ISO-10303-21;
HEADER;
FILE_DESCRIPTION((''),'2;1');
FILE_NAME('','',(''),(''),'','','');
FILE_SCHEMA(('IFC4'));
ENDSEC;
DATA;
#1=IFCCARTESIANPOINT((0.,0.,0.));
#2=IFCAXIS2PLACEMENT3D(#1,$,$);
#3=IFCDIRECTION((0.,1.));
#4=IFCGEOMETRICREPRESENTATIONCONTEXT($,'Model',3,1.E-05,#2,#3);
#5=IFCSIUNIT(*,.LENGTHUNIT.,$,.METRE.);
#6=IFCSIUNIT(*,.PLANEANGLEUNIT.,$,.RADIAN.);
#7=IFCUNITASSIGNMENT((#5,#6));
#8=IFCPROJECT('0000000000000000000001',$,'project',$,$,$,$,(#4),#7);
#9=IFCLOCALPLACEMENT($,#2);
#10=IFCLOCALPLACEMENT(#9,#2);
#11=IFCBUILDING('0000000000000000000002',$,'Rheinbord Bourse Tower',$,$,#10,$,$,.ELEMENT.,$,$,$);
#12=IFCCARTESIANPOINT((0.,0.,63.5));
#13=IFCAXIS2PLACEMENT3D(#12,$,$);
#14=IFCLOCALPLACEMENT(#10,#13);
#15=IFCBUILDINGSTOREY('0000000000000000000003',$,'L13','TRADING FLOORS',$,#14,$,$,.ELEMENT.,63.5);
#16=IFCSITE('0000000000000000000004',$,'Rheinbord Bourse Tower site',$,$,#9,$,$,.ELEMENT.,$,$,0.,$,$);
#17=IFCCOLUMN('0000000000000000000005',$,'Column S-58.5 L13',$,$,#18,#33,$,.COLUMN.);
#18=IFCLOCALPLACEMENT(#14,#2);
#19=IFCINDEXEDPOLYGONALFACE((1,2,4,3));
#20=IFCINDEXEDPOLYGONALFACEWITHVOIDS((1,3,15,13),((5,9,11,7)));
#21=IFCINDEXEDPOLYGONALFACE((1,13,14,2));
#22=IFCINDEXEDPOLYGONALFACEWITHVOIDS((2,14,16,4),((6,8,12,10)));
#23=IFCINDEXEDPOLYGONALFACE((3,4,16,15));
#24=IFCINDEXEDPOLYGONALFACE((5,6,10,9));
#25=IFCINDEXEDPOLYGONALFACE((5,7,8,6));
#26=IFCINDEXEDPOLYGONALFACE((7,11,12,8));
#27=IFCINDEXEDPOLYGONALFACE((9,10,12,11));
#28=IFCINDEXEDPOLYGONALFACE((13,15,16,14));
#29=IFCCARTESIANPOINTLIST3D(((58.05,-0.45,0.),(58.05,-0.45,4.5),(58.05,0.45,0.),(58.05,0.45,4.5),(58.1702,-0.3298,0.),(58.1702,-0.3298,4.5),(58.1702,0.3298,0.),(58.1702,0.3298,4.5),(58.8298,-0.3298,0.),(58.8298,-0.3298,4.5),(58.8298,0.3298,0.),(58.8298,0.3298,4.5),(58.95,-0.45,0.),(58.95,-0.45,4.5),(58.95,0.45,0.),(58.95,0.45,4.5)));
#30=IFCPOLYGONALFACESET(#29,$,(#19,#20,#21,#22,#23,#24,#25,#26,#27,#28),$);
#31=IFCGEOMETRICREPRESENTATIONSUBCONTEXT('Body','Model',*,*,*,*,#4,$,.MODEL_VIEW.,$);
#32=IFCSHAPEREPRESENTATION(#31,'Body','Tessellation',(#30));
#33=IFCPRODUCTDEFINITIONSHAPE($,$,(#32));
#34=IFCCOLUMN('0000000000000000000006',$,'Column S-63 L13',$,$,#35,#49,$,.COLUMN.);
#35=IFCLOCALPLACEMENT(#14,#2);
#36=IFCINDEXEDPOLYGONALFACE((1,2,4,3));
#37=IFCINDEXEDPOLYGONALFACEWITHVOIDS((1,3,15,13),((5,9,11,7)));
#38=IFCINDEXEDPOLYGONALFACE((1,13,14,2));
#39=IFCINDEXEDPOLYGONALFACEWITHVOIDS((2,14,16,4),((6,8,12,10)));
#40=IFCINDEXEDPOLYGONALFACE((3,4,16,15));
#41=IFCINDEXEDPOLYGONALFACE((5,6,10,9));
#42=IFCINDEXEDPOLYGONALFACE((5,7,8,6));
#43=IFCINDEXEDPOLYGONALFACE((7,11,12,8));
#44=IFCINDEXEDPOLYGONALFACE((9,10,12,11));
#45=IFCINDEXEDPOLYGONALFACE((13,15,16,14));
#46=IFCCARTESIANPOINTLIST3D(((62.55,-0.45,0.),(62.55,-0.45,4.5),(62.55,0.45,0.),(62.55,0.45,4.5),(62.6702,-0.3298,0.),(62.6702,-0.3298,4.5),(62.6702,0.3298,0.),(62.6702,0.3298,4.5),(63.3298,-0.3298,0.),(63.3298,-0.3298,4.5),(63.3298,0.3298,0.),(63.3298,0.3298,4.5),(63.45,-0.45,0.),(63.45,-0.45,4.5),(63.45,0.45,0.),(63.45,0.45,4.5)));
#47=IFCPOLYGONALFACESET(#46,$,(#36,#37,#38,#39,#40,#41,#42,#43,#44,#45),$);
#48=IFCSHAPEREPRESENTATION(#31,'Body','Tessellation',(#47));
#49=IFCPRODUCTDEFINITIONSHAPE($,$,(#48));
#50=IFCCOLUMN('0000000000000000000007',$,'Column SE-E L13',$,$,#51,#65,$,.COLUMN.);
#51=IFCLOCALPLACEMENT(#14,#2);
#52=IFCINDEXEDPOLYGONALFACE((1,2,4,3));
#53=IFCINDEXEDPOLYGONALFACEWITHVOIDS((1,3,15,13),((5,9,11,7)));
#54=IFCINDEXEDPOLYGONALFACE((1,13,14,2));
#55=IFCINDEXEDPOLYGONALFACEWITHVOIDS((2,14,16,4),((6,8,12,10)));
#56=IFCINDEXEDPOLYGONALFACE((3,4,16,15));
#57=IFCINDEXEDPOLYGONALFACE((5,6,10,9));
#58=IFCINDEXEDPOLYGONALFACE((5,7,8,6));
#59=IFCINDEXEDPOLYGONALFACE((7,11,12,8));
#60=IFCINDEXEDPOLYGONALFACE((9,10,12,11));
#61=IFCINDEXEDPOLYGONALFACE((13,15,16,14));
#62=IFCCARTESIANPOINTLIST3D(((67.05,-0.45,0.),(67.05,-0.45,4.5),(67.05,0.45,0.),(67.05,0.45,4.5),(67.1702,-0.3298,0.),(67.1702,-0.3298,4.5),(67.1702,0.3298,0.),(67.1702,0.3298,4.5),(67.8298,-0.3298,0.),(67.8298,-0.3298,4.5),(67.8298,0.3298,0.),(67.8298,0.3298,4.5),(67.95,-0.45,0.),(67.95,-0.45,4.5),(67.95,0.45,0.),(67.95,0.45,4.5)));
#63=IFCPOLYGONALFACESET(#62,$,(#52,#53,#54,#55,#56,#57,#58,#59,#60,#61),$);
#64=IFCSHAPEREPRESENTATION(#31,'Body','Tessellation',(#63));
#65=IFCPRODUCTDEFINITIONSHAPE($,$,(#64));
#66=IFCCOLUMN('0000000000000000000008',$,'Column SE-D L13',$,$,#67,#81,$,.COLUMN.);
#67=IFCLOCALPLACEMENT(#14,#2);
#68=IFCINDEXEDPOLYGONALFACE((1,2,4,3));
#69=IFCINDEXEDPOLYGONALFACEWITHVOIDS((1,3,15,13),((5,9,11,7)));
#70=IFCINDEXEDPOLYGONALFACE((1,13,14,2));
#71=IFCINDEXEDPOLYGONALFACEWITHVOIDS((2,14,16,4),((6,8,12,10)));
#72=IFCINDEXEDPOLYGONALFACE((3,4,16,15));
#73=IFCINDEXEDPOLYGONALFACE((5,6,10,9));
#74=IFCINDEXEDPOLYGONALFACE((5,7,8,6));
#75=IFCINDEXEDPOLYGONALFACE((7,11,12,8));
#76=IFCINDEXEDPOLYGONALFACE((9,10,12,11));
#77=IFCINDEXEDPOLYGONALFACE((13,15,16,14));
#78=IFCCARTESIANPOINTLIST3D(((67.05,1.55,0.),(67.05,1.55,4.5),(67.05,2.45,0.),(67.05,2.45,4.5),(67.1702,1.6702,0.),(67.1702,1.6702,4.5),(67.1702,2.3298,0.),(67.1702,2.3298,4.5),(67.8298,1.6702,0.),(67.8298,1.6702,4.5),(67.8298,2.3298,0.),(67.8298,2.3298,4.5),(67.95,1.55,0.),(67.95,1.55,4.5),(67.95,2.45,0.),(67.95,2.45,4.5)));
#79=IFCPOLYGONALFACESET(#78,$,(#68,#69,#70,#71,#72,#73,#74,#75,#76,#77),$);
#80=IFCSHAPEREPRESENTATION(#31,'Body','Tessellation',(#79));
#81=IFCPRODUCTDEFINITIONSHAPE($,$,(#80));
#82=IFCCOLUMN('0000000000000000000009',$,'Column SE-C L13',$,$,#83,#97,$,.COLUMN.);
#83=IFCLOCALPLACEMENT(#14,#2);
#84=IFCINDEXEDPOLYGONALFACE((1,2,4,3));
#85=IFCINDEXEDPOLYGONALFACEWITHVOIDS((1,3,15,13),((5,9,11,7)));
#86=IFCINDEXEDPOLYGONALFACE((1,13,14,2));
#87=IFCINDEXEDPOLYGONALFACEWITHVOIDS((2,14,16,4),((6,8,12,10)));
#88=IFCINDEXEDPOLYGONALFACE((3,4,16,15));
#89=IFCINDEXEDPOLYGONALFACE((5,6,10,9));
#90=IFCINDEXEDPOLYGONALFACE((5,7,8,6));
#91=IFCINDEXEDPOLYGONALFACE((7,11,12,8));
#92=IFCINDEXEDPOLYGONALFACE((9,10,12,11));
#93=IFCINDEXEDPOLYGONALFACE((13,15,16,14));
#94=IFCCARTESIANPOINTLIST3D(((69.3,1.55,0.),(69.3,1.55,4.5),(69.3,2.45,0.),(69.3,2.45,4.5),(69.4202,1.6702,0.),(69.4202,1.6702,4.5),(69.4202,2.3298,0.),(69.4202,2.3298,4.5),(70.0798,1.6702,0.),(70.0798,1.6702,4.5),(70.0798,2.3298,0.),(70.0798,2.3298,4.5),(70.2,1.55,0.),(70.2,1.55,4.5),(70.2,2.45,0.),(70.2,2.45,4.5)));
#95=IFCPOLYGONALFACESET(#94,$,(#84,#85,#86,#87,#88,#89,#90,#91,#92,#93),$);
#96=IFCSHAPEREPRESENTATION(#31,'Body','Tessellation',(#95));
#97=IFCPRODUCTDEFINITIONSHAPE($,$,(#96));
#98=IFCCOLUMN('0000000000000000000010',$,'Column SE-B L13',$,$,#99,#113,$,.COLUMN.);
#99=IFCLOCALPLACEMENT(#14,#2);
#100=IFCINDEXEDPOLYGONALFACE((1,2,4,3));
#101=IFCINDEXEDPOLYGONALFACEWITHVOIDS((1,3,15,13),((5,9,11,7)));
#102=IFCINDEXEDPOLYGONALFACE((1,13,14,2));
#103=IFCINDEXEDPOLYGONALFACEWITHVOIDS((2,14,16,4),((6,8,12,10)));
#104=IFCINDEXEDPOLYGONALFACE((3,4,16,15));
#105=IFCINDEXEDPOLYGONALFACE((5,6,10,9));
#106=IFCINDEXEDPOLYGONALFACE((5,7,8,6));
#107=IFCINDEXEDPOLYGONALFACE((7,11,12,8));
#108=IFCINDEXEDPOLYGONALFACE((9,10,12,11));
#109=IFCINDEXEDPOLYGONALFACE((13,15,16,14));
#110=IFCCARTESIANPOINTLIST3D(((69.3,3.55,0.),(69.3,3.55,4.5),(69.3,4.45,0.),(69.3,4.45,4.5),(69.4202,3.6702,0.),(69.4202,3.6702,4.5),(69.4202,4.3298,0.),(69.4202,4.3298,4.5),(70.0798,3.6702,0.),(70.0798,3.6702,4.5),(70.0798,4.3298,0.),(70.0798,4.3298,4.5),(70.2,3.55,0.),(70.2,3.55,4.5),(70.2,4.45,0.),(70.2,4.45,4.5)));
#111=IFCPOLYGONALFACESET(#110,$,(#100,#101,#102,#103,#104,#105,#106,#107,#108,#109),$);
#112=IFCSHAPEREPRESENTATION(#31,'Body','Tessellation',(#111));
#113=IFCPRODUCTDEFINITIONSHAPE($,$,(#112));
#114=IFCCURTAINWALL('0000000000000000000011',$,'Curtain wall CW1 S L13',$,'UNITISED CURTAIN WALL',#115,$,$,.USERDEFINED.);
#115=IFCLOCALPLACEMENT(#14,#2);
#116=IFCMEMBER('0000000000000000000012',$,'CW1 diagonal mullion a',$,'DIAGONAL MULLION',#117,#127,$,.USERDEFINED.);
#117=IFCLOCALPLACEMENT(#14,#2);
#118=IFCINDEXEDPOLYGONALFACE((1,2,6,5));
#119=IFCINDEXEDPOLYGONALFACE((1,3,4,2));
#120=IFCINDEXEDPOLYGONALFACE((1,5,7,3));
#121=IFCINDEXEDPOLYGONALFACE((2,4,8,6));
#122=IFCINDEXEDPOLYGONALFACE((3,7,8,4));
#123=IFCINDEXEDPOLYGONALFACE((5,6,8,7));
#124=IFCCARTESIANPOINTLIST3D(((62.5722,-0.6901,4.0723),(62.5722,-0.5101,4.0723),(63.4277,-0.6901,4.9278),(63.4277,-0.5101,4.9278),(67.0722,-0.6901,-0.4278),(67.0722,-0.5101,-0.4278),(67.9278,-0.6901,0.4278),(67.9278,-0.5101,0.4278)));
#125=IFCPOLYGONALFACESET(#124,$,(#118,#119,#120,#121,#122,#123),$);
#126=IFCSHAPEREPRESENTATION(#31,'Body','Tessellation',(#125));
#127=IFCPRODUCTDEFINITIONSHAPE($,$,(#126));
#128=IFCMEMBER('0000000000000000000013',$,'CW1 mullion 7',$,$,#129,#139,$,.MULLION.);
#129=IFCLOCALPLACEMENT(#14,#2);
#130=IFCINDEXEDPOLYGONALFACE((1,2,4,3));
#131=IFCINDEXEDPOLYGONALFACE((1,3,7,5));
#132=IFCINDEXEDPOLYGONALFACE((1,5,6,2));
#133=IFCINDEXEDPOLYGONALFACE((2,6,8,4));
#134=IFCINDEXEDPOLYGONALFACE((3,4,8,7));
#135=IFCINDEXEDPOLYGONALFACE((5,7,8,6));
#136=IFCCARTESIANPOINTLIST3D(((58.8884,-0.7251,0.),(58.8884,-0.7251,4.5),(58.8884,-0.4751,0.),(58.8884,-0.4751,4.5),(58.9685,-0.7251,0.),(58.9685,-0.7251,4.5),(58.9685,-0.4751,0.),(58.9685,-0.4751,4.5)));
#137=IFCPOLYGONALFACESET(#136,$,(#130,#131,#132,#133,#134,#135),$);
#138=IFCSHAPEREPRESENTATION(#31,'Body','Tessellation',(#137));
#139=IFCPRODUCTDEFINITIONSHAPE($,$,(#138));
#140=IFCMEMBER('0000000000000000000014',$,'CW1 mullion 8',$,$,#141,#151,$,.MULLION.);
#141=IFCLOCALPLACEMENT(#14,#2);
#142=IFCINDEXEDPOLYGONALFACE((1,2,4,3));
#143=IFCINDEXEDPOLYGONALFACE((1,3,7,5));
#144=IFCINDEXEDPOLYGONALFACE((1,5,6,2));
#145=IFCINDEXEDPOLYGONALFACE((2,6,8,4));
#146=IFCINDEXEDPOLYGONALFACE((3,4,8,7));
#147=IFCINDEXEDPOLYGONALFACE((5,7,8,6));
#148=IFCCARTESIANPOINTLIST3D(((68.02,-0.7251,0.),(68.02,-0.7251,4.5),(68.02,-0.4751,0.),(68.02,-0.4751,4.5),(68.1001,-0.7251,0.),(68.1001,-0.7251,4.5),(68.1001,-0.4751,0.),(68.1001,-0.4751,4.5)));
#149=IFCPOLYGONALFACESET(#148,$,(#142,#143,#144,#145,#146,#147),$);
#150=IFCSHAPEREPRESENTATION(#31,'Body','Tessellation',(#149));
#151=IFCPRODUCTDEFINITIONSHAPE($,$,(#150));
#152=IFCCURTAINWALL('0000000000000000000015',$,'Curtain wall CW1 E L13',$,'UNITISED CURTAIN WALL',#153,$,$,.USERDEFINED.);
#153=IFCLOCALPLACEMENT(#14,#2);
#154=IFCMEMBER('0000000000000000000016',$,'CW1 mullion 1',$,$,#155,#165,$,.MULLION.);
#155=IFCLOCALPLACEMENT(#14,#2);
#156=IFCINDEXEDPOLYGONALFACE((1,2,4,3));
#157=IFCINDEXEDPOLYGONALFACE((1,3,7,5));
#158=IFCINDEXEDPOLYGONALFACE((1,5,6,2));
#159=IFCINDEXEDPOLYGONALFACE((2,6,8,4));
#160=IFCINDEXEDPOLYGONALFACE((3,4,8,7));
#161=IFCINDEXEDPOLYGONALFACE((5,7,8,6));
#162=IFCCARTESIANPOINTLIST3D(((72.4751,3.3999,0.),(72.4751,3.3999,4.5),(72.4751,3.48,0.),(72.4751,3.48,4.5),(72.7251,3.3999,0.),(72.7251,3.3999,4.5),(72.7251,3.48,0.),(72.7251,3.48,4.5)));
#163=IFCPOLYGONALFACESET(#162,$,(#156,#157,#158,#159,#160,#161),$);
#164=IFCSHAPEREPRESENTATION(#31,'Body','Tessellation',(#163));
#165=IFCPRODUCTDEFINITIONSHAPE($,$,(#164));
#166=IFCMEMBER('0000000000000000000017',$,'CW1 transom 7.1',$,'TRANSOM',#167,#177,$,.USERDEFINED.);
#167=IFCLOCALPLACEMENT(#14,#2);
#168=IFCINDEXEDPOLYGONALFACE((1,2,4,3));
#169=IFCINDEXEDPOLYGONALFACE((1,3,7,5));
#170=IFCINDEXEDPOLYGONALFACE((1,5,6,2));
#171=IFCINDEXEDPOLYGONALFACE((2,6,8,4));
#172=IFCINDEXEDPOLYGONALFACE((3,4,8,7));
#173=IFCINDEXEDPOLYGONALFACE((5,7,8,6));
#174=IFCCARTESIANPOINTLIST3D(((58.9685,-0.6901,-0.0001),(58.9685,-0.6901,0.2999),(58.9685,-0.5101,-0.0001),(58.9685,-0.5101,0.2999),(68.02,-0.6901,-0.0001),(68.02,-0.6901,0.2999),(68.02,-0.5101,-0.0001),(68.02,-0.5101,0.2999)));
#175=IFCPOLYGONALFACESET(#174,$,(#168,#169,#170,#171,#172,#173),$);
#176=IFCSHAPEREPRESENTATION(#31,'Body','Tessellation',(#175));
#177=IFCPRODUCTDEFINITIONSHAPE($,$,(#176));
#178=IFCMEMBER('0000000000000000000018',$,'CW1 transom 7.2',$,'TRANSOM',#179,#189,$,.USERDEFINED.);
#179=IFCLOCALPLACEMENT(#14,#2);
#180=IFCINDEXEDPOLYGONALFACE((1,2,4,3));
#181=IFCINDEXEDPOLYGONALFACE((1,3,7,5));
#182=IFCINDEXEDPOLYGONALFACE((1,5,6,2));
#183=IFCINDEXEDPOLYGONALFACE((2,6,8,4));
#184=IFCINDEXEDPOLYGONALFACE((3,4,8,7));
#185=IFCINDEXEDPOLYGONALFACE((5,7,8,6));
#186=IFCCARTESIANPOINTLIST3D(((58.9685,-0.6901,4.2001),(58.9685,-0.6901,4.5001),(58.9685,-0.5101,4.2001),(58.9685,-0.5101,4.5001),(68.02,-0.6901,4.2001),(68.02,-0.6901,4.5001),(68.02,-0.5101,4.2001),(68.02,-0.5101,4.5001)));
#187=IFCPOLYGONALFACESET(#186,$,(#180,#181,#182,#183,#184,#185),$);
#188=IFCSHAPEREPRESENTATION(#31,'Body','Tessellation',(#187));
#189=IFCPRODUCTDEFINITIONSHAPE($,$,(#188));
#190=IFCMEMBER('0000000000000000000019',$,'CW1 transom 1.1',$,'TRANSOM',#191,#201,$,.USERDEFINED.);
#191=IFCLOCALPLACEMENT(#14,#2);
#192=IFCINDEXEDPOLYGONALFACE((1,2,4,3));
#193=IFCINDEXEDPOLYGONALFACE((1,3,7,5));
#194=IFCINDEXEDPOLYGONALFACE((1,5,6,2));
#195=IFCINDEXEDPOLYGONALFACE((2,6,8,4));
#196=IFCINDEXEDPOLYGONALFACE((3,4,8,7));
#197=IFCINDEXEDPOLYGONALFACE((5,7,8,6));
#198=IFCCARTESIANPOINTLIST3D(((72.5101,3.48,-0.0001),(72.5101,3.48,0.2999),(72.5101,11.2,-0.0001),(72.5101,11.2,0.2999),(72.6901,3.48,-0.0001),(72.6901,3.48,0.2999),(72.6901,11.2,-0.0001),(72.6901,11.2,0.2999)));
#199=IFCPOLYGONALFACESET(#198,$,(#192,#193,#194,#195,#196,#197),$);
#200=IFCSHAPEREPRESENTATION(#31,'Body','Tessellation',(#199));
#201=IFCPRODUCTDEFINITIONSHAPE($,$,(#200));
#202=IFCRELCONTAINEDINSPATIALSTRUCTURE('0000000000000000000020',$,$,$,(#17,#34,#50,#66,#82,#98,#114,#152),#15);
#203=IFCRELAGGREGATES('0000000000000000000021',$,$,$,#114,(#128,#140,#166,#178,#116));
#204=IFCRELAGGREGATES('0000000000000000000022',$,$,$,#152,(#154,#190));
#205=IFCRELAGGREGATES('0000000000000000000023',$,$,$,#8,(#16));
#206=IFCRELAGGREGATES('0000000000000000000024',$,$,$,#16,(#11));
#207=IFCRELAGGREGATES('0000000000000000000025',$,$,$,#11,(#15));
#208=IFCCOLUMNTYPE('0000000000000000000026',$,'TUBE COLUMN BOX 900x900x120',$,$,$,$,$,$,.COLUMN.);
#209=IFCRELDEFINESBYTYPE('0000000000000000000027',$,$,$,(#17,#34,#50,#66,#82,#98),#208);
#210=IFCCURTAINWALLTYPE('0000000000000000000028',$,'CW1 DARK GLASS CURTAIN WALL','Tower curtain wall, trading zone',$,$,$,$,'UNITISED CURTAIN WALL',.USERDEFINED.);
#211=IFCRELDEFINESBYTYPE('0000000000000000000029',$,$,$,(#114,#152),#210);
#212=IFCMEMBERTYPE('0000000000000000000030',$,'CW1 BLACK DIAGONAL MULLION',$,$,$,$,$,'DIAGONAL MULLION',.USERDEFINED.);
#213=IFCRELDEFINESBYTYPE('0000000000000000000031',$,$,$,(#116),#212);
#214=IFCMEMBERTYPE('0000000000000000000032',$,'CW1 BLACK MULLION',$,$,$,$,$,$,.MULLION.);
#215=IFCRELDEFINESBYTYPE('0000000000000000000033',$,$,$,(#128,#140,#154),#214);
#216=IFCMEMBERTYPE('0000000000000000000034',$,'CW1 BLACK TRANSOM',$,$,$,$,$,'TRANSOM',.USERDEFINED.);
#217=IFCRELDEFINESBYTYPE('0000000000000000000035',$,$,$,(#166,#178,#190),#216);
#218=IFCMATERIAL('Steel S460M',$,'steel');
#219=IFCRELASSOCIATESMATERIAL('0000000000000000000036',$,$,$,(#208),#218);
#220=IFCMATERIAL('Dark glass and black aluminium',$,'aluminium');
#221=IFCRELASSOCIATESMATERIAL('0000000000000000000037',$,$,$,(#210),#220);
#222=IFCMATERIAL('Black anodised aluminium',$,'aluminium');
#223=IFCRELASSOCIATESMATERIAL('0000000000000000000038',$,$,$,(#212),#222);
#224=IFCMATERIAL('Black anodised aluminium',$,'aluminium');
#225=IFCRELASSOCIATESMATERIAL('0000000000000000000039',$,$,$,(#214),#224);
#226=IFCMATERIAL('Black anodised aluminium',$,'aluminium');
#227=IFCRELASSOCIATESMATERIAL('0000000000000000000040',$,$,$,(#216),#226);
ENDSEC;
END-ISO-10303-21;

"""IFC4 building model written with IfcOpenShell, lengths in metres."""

from ifc_helpers import new_model, si_unit, direction, frame, origin, origin_2d, place, context, subcontext, project, spatial, rectangle, hollow_rectangle, extrude, material, material_profile, profile_set, type_object, element, aggregate, save


model = new_model("IFC4")

# Units and contexts
model_context = context("Model", 3, precision=1e-05, world=origin(), true_north=direction((0.0, 1.0)))
body_context = subcontext(model_context, "Body", "Model", "MODEL_VIEW")
ifc_project = project(units=[si_unit("LENGTHUNIT", "METRE"), si_unit("PLANEANGLEUNIT", "RADIAN")], contexts=[model_context])

# Site, building, storey
site_placement = place(None, origin())
site = spatial("IfcSite", under=ifc_project, at=site_placement, Name="Rheinbord Bourse Tower site", CompositionType="ELEMENT", RefElevation=0.0)
building_placement = place(site_placement, origin())
building = spatial("IfcBuilding", under=site, at=building_placement, Name="Rheinbord Bourse Tower", CompositionType="ELEMENT")
storey_placement = place(building_placement, frame((0.0, 0.0, 63.5)))
storey = spatial("IfcBuildingStorey", under=building, at=storey_placement, Name="L13", Description="TRADING FLOORS", CompositionType="ELEMENT", Elevation=63.5)

# Columns
ifc_material_1 = material(Name="Steel S460M", Category="steel")
ifc_material_profile_1 = material_profile(ifc_material_1, hollow_rectangle(XDim=0.8999, YDim=0.8999, WallThickness=0.1201, at=origin_2d()), Name="BOX 900x900x120")
ifc_profile_set_1 = profile_set([ifc_material_profile_1], Name="Steel S460M")
column_type = type_object("IfcColumnType", Name="TUBE COLUMN BOX 900x900x120", PredefinedType="COLUMN", material=ifc_profile_set_1)
for number, where, z_axis, x_axis, name in (
    (1, (58.5, 0.0, 0.0), (0.0, 0.0, 1.0), (0.0, 1.0, 0.0), "Column S-58.5 L13"),
    (2, (63.0, 0.0, 0.0), (0.0, 0.0, 1.0), (0.0, 1.0, 0.0), "Column S-63 L13"),
    (3, (67.5, 0.0, 0.0), (0.0, 0.0, 1.0), (0.0, 1.0, 0.0), "Column SE-E L13"),
    (4, (67.5, 2.0, 0.0), (0.0, 0.0, 1.0), (0.0, 1.0, 0.0), "Column SE-D L13"),
    (5, (69.75, 2.0, 0.0), (0.0, 0.0, 1.0), (1.0, 0.0, 0.0), "Column SE-C L13"),
    (6, (69.75, 4.0, 0.0), (0.0, 0.0, 1.0), (1.0, 0.0, 0.0), "Column SE-B L13"),
):
    element("IfcColumn", number, at=place(storey_placement, frame(where, z_axis=z_axis, x_axis=x_axis)), inside=storey, type_object=column_type, Name=name, PredefinedType="COLUMN", context=body_context, shape_type="SweptSolid", body=[
        extrude(hollow_rectangle(XDim=0.8999, YDim=0.8999, WallThickness=0.1201, at=origin_2d()), origin(), (0.0, 0.0, 1.0), 4.5),
    ])

# Curtain wall, members
ifc_material_2 = material(Name="Dark glass and black aluminium", Category="aluminium")
curtain_wall_type = type_object("IfcCurtainWallType", Name="CW1 DARK GLASS CURTAIN WALL", Description="Tower curtain wall, trading zone", ElementType="UNITISED CURTAIN WALL", PredefinedType="USERDEFINED", material=ifc_material_2)
curtain_wall_1_placement = place(storey_placement, origin())
curtain_wall_1 = element("IfcCurtainWall", 7, at=curtain_wall_1_placement, inside=storey, type_object=curtain_wall_type, Name="Curtain wall CW1 S L13", ObjectType="UNITISED CURTAIN WALL", PredefinedType="USERDEFINED")
ifc_material_3 = material(Name="Black anodised aluminium", Category="aluminium")
ifc_material_profile_2 = material_profile(ifc_material_3, rectangle(XDim=0.1799, YDim=1.21, at=origin_2d()), Name="CW1 DIAGONAL MULLION 1210x180")
ifc_profile_set_2 = profile_set([ifc_material_profile_2], Name="Black anodised aluminium")
member_type_1 = type_object("IfcMemberType", Name="CW1 BLACK DIAGONAL MULLION", ElementType="DIAGONAL MULLION", PredefinedType="USERDEFINED", material=ifc_profile_set_2)
member_1_placement = place(storey_placement, frame((67.5, -0.6001, 0.0), z_axis=(-0.707107, 0.0, 0.707107), x_axis=(0.0, -1.0, 0.0)))
member_1 = element("IfcMember", 8, at=member_1_placement, type_object=member_type_1, Name="CW1 diagonal mullion a", ObjectType="DIAGONAL MULLION", PredefinedType="USERDEFINED", context=body_context, shape_type="SweptSolid", body=[
    extrude(rectangle(XDim=0.1799, YDim=1.21, at=origin_2d()), origin(), (0.0, 0.0, 1.0), 6.364),
])
ifc_material_4 = material(Name="Black anodised aluminium", Category="aluminium")
ifc_material_profile_3 = material_profile(ifc_material_4, rectangle(XDim=0.25, YDim=0.0801, at=origin_2d()), Name="CW1 MULLION 80x250")
ifc_profile_set_3 = profile_set([ifc_material_profile_3], Name="Black anodised aluminium")
member_type_2 = type_object("IfcMemberType", Name="CW1 BLACK MULLION", PredefinedType="MULLION", material=ifc_profile_set_3)
member_2_placement = place(storey_placement, frame((58.9285, -0.6001, 0.0), z_axis=(0.0, 0.0, 1.0), x_axis=(0.0, 1.0, 0.0)))
member_2 = element("IfcMember", 9, at=member_2_placement, type_object=member_type_2, Name="CW1 mullion 7", PredefinedType="MULLION", context=body_context, shape_type="SweptSolid", body=[
    extrude(rectangle(XDim=0.25, YDim=0.0801, at=origin_2d()), origin(), (0.0, 0.0, 1.0), 4.5),
])
member_3_placement = place(storey_placement, frame((68.0601, -0.6001, 0.0), z_axis=(0.0, 0.0, 1.0), x_axis=(0.0, 1.0, 0.0)))
member_3 = element("IfcMember", 10, at=member_3_placement, type_object=member_type_2, Name="CW1 mullion 8", PredefinedType="MULLION", context=body_context, shape_type="SweptSolid", body=[
    extrude(rectangle(XDim=0.25, YDim=0.0801, at=origin_2d()), origin(), (0.0, 0.0, 1.0), 4.5),
])

# Curtain wall, member
curtain_wall_2_placement = place(storey_placement, origin())
curtain_wall_2 = element("IfcCurtainWall", 11, at=curtain_wall_2_placement, inside=storey, type_object=curtain_wall_type, Name="Curtain wall CW1 E L13", ObjectType="UNITISED CURTAIN WALL", PredefinedType="USERDEFINED")
member_4_placement = place(storey_placement, frame((72.6001, 3.4399, 0.0), z_axis=(0.0, 0.0, 1.0), x_axis=(-1.0, 0.0, 0.0)))
member_4 = element("IfcMember", 12, at=member_4_placement, type_object=member_type_2, Name="CW1 mullion 1", PredefinedType="MULLION", context=body_context, shape_type="SweptSolid", body=[
    extrude(rectangle(XDim=0.25, YDim=0.0801, at=origin_2d()), origin(), (0.0, 0.0, 1.0), 4.5),
])

# Members
ifc_material_5 = material(Name="Black anodised aluminium", Category="aluminium")
ifc_material_profile_4 = material_profile(ifc_material_5, rectangle(XDim=0.1799, YDim=0.3, at=origin_2d()), Name="CW1 TRANSOM 300x180")
ifc_profile_set_4 = profile_set([ifc_material_profile_4], Name="Black anodised aluminium")
member_type_3 = type_object("IfcMemberType", Name="CW1 BLACK TRANSOM", ElementType="TRANSOM", PredefinedType="USERDEFINED", material=ifc_profile_set_4)
member_5_placement = place(storey_placement, frame((58.9685, -0.6001, 0.1499), z_axis=(1.0, 0.0, 0.0), x_axis=(0.0, 1.0, 0.0)))
member_5 = element("IfcMember", 13, at=member_5_placement, type_object=member_type_3, Name="CW1 transom 7.1", ObjectType="TRANSOM", PredefinedType="USERDEFINED", context=body_context, shape_type="SweptSolid", body=[
    extrude(rectangle(XDim=0.1799, YDim=0.3, at=origin_2d()), origin(), (0.0, 0.0, 1.0), 9.0515),
])
member_6_placement = place(storey_placement, frame((58.9685, -0.6001, 4.3501), z_axis=(1.0, 0.0, 0.0), x_axis=(0.0, 1.0, 0.0)))
member_6 = element("IfcMember", 14, at=member_6_placement, type_object=member_type_3, Name="CW1 transom 7.2", ObjectType="TRANSOM", PredefinedType="USERDEFINED", context=body_context, shape_type="SweptSolid", body=[
    extrude(rectangle(XDim=0.1799, YDim=0.3, at=origin_2d()), origin(), (0.0, 0.0, 1.0), 9.0515),
])
member_7_placement = place(storey_placement, frame((72.6001, 3.48, 0.1499), z_axis=(0.0, 1.0, 0.0), x_axis=(-1.0, 0.0, 0.0)))
member_7 = element("IfcMember", 15, at=member_7_placement, type_object=member_type_3, Name="CW1 transom 1.1", ObjectType="TRANSOM", PredefinedType="USERDEFINED", context=body_context, shape_type="SweptSolid", body=[
    extrude(rectangle(XDim=0.1799, YDim=0.3, at=origin_2d()), origin(), (0.0, 0.0, 1.0), 7.72),
])

aggregate(curtain_wall_1, [member_2, member_3, member_5, member_6, member_1])
aggregate(curtain_wall_2, [member_4, member_7])

save(model, "model.ifc")
